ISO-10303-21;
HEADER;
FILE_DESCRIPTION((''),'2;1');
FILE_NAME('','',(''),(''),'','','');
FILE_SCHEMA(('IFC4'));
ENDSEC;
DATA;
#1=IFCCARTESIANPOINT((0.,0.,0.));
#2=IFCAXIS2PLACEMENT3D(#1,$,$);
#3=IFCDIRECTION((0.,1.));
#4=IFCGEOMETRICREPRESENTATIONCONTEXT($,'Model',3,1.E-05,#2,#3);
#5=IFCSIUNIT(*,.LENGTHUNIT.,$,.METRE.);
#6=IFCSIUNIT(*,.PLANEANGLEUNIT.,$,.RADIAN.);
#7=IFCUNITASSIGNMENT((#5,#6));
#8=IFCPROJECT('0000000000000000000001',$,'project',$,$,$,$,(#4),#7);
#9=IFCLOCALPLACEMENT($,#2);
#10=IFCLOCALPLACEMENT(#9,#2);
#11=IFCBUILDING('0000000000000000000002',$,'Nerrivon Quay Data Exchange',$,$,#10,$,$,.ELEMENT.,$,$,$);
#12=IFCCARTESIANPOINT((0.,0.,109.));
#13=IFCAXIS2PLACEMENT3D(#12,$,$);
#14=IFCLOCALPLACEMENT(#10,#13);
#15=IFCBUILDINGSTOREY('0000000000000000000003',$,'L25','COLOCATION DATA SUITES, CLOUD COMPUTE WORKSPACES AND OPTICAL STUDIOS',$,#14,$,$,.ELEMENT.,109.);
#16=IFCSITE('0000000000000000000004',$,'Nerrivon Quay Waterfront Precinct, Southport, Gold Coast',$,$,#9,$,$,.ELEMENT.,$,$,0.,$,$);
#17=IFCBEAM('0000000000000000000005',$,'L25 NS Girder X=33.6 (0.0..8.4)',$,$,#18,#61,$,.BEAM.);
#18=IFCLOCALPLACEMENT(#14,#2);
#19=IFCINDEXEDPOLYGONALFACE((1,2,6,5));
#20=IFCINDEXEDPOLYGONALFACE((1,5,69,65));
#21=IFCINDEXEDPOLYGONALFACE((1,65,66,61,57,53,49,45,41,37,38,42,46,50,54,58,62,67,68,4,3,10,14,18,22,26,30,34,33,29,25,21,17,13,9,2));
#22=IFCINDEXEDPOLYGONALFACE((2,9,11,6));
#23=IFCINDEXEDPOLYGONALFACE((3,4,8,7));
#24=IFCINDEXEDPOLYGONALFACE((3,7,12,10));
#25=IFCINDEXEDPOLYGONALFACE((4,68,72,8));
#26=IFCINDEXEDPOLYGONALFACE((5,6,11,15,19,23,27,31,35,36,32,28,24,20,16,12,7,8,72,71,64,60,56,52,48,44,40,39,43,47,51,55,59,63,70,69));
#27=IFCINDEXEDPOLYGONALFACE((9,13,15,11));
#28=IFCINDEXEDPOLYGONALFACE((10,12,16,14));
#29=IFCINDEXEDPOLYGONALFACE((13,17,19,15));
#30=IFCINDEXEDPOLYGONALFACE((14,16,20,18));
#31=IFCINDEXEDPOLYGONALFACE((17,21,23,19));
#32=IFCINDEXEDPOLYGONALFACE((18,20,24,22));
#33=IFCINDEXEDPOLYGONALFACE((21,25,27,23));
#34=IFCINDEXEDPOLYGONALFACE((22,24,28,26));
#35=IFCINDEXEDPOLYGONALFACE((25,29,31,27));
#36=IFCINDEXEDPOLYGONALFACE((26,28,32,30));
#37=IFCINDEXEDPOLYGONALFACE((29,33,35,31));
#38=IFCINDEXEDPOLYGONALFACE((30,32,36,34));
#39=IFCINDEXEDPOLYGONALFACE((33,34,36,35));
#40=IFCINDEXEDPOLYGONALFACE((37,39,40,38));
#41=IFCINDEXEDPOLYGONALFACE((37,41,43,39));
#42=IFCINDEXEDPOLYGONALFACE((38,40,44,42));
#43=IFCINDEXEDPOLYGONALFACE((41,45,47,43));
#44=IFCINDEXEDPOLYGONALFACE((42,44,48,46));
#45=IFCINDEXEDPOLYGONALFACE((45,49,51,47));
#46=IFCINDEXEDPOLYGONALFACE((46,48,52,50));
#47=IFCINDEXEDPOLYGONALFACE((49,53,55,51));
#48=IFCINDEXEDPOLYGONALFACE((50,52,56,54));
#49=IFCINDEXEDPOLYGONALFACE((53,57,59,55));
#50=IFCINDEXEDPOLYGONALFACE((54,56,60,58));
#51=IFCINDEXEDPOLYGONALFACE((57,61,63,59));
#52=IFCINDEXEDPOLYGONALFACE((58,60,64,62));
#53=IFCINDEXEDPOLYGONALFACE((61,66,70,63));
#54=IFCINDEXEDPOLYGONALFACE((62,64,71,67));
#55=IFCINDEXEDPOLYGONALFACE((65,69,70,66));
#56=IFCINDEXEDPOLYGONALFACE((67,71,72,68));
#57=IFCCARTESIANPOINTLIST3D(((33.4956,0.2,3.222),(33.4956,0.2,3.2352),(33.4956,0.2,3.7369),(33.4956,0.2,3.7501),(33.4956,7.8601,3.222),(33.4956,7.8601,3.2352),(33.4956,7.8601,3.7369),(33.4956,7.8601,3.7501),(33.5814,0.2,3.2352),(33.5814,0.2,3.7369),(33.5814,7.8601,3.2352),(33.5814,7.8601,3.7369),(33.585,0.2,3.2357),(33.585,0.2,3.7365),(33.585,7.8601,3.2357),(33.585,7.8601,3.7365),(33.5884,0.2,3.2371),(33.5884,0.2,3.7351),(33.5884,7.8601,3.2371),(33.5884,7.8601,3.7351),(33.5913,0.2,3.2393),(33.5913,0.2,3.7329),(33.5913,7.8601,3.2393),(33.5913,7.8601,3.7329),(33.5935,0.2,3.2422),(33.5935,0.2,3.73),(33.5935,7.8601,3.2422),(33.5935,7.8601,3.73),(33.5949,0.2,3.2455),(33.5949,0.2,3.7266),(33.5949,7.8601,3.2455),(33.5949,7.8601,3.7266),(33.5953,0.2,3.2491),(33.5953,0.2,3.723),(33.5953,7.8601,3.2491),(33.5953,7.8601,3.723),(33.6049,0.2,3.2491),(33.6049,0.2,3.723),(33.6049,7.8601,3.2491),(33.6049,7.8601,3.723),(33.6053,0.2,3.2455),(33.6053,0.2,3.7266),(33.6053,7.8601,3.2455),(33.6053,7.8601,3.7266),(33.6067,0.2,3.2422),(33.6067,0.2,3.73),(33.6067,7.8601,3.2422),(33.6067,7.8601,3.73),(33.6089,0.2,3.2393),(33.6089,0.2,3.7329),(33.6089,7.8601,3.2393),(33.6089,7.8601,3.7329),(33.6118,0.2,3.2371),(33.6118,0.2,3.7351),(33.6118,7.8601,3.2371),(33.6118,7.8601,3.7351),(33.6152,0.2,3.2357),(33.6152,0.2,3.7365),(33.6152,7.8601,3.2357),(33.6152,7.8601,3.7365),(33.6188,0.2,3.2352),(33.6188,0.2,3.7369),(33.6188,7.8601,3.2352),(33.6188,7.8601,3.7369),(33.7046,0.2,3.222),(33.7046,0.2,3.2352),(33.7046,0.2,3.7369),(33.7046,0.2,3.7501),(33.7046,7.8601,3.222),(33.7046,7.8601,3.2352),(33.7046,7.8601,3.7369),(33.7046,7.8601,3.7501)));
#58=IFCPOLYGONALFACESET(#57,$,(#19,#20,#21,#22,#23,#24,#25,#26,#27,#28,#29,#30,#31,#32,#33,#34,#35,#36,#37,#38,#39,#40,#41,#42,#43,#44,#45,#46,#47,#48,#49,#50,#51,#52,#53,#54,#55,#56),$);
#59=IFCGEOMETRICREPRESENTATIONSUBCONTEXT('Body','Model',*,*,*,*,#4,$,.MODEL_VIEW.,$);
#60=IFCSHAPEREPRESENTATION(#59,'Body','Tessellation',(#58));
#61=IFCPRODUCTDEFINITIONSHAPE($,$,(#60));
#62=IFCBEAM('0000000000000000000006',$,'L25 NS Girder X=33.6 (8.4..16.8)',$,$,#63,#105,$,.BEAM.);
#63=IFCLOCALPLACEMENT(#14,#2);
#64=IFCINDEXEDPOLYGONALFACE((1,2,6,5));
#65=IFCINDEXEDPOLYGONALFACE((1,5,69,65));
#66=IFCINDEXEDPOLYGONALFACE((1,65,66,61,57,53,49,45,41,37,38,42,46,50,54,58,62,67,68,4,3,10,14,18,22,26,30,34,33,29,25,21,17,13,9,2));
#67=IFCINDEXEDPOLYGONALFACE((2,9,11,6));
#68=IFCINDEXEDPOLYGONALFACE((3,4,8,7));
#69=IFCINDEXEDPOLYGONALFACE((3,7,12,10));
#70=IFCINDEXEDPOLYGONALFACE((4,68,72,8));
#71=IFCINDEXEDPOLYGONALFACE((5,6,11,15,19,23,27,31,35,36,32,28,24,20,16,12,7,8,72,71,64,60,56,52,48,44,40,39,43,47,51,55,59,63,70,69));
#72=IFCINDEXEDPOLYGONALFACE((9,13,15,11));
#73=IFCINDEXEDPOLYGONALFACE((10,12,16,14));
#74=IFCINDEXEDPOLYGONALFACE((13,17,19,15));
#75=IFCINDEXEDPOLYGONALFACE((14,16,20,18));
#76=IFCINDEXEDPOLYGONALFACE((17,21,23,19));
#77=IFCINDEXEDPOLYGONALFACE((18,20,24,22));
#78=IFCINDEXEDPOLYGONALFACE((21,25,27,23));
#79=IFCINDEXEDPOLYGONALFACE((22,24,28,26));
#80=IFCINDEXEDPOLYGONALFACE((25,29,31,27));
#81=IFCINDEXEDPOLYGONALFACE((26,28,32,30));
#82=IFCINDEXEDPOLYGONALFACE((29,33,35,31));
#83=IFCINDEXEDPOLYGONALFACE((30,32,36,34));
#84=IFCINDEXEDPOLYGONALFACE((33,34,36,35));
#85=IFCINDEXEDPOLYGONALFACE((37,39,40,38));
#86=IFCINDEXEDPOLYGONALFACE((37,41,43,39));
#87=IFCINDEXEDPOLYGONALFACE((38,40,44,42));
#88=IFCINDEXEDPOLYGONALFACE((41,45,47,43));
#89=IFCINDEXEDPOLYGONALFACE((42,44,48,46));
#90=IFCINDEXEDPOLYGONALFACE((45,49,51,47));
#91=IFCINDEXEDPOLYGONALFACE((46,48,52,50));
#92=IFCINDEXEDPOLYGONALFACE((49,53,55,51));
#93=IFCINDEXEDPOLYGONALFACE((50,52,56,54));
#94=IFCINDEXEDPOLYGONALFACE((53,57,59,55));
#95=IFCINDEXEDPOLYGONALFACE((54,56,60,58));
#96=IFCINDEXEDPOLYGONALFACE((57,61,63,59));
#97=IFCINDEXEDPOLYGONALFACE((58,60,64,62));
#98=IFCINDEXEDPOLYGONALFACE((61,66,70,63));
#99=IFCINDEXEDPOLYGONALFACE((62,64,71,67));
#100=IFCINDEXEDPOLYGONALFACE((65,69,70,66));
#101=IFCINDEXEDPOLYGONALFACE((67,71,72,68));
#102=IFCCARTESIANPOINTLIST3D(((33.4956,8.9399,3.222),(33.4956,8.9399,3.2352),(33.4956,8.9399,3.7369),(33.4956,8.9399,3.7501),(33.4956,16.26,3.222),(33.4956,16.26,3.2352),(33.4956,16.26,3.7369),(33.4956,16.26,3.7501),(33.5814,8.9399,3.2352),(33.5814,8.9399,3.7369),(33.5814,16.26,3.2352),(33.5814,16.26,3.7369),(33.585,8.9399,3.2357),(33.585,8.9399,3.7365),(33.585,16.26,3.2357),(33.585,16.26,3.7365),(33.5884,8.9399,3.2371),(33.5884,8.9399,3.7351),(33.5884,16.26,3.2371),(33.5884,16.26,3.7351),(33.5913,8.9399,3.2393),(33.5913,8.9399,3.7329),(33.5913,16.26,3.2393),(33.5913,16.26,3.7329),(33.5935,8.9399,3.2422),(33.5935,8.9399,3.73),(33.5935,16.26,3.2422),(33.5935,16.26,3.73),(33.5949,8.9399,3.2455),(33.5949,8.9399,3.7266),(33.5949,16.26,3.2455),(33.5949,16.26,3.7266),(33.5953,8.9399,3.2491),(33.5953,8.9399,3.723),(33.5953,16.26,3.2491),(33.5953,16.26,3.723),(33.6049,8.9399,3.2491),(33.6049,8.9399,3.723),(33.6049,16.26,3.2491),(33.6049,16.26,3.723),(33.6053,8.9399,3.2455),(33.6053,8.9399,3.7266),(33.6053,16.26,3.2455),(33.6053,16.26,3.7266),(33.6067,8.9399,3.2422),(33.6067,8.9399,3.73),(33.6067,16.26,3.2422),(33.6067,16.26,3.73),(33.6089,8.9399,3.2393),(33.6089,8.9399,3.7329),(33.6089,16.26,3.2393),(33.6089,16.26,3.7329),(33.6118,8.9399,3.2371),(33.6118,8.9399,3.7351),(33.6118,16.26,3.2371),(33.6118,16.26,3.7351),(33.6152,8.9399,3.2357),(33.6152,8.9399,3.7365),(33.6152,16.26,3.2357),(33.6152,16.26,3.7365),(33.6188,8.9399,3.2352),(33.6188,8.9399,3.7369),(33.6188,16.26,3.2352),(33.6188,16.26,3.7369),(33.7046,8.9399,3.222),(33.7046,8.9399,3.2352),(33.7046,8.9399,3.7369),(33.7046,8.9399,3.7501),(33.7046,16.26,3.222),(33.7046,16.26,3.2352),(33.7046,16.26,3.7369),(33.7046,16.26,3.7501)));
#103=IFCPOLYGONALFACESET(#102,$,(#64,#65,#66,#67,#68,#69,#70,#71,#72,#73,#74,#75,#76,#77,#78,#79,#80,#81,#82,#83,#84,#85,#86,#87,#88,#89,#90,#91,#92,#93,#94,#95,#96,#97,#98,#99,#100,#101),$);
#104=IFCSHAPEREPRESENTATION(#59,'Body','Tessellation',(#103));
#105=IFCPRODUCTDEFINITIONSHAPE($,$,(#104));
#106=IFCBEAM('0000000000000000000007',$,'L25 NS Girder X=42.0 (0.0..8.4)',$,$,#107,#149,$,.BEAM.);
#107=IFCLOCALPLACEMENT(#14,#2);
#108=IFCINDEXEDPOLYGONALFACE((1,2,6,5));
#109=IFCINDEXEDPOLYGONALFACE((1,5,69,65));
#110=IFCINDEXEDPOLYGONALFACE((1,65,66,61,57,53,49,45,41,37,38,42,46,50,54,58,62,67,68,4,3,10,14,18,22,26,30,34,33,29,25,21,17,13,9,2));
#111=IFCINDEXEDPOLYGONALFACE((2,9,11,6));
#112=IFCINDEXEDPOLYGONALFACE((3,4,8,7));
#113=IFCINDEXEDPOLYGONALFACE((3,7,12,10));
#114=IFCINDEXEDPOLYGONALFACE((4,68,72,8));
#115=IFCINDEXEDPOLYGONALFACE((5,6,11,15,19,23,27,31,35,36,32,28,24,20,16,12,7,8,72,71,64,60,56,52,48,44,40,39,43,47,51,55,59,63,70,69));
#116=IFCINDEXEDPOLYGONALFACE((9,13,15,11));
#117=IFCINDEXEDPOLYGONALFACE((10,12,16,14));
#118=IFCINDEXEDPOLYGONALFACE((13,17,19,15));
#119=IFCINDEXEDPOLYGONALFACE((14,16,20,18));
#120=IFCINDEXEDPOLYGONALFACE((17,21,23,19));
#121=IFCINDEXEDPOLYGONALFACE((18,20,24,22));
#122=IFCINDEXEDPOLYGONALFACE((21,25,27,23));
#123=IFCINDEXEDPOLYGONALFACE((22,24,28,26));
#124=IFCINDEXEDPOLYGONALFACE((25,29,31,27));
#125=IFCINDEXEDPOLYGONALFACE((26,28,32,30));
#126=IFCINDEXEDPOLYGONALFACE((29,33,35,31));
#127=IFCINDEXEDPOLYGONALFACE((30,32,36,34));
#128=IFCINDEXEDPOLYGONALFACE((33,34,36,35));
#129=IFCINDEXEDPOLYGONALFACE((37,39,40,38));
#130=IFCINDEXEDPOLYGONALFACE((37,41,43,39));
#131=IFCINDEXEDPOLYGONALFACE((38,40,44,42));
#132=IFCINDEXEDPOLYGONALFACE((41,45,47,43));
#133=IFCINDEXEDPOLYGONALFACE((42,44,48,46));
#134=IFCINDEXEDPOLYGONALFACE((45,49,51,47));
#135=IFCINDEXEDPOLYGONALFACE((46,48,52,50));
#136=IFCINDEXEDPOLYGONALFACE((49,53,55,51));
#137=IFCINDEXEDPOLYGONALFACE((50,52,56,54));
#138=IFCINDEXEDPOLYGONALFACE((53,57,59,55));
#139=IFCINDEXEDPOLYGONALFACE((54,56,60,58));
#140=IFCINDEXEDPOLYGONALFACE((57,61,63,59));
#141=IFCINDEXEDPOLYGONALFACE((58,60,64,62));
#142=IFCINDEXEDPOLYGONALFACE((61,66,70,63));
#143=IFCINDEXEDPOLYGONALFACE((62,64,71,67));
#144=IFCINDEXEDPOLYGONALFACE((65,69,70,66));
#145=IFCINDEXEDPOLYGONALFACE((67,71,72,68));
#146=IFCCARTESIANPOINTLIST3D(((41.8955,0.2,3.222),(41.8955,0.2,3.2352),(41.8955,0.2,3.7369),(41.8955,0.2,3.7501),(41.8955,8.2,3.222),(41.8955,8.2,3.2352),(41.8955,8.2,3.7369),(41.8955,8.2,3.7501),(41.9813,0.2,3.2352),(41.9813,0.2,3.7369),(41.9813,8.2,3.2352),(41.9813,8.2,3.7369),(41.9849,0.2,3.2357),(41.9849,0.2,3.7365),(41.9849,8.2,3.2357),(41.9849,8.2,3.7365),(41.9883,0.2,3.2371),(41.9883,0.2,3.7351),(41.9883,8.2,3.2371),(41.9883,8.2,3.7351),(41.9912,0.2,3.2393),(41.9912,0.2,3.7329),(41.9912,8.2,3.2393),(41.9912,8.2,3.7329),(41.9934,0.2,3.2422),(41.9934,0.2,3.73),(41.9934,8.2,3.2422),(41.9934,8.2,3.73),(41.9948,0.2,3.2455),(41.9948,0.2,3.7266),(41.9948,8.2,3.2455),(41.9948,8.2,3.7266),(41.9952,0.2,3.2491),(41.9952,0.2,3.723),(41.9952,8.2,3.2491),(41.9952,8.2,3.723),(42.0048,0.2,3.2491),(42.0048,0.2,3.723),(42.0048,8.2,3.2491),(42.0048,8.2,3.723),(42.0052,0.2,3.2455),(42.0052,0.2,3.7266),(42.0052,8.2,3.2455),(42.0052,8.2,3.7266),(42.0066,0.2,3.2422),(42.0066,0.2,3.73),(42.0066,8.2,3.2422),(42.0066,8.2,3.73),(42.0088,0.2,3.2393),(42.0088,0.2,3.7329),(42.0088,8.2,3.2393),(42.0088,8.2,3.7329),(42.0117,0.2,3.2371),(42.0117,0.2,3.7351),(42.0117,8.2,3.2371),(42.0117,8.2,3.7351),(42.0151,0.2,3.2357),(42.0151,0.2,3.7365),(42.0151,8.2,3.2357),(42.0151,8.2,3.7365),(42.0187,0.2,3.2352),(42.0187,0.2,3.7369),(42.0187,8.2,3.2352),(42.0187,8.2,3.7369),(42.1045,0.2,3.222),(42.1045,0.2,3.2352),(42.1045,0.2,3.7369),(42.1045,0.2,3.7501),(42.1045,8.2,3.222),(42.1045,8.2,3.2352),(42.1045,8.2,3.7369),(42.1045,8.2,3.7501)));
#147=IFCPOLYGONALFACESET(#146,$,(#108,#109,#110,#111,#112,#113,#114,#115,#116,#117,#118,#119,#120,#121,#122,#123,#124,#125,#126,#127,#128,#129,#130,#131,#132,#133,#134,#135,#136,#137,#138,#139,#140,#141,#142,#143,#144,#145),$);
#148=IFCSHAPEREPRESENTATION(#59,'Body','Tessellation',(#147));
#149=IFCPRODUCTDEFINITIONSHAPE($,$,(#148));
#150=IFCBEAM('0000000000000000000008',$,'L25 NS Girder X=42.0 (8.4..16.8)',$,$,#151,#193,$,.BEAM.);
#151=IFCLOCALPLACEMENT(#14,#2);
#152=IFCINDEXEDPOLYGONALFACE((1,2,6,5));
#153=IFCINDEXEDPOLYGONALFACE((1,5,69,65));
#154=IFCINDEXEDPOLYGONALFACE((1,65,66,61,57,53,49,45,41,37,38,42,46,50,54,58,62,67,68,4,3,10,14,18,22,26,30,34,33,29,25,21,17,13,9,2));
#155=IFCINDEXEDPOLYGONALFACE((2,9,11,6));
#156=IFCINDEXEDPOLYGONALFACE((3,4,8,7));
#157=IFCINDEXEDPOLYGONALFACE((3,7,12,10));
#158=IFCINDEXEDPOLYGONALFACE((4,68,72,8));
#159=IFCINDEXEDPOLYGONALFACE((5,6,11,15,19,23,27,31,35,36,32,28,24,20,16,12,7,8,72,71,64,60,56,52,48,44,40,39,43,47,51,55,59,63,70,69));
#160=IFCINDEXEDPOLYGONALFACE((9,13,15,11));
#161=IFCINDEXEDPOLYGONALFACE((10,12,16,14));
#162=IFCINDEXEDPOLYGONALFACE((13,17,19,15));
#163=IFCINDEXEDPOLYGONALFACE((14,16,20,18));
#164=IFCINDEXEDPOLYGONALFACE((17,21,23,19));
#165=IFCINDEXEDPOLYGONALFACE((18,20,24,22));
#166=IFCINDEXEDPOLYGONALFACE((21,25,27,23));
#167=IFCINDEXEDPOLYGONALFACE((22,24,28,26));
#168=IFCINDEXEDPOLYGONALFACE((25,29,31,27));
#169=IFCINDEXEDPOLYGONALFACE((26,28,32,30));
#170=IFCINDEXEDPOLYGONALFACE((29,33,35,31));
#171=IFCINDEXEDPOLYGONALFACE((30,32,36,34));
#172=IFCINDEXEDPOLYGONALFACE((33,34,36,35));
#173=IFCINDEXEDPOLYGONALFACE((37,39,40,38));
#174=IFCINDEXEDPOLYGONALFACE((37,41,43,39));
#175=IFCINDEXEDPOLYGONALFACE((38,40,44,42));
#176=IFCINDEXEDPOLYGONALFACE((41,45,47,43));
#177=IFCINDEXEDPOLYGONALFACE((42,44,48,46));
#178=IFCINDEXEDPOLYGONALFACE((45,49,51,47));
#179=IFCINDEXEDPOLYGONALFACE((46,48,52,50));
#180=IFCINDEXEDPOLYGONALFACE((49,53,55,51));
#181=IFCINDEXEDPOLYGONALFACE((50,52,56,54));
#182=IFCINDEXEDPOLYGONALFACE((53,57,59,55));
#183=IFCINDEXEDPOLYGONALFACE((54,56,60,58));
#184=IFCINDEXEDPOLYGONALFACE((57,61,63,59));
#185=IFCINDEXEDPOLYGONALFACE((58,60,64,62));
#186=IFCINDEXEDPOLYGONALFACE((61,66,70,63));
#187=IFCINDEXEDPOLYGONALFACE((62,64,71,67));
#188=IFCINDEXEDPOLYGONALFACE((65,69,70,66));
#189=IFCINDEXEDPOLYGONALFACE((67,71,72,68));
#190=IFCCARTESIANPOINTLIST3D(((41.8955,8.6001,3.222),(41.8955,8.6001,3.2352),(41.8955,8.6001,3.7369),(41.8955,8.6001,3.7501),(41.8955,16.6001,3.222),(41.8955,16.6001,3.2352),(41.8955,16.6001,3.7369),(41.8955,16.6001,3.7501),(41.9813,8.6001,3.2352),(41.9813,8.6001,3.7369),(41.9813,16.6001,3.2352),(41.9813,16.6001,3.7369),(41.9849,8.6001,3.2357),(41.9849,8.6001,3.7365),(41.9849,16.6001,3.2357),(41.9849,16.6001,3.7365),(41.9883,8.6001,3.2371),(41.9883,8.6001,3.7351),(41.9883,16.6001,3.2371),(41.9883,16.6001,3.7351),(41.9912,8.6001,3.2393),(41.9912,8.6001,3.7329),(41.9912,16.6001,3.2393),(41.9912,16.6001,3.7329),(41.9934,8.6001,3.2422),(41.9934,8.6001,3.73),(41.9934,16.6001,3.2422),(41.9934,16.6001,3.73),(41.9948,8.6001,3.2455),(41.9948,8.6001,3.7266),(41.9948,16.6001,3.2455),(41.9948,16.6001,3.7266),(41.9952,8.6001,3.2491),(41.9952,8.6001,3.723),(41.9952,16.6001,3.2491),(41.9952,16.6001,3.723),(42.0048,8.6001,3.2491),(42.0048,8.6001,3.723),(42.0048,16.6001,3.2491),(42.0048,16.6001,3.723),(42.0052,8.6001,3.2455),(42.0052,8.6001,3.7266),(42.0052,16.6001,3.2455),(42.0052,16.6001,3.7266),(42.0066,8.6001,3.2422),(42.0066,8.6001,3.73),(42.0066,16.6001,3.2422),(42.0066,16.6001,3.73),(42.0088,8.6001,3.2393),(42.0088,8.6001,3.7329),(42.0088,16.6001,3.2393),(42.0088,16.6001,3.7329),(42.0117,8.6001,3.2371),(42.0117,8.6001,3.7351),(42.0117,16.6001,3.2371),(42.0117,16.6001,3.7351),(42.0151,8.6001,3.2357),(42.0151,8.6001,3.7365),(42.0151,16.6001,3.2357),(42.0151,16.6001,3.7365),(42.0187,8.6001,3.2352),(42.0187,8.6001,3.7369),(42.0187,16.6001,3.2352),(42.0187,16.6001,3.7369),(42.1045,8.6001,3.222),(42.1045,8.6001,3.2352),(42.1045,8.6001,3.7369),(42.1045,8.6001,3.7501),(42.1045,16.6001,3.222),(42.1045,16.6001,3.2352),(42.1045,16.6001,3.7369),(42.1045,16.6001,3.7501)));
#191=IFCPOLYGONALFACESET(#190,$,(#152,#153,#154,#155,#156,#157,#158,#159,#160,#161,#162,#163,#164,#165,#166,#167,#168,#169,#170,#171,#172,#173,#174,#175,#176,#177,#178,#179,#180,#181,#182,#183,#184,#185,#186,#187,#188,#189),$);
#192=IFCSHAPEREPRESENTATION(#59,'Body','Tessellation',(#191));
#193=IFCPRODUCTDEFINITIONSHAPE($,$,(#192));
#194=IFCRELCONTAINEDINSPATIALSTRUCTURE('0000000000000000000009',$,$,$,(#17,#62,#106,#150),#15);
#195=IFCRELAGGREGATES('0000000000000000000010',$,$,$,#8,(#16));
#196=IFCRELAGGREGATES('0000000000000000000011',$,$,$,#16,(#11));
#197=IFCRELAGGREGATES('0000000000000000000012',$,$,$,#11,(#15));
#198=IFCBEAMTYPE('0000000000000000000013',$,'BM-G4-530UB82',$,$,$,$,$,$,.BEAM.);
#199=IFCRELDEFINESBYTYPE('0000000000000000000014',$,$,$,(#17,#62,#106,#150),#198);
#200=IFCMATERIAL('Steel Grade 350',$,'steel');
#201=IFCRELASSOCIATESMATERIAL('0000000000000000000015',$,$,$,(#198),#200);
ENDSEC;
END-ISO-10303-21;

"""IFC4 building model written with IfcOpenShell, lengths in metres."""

from ifc_helpers import new_model, si_unit, direction, frame, origin, origin_2d, place, context, subcontext, project, spatial, i_section, extrude, material, material_profile, profile_set, type_object, element, save


model = new_model("IFC4")

# Units and contexts
model_context = context("Model", 3, precision=1e-05, world=origin(), true_north=direction((0.0, 1.0)))
body_context = subcontext(model_context, "Body", "Model", "MODEL_VIEW")
ifc_project = project(units=[si_unit("LENGTHUNIT", "METRE"), si_unit("PLANEANGLEUNIT", "RADIAN")], contexts=[model_context])

# Site, building, storey
site_placement = place(None, origin())
site = spatial("IfcSite", under=ifc_project, at=site_placement, Name="Nerrivon Quay Waterfront Precinct, Southport, Gold Coast", CompositionType="ELEMENT", RefElevation=0.0)
building_placement = place(site_placement, origin())
building = spatial("IfcBuilding", under=site, at=building_placement, Name="Nerrivon Quay Data Exchange", CompositionType="ELEMENT")
storey_placement = place(building_placement, frame((0.0, 0.0, 109.0)))
storey = spatial("IfcBuildingStorey", under=building, at=storey_placement, Name="L25", Description="COLOCATION DATA SUITES, CLOUD COMPUTE WORKSPACES AND OPTICAL STUDIOS", CompositionType="ELEMENT", Elevation=109.0)

# Shared definitions
ifc_material_1 = material(Name="Steel Grade 350", Category="steel")

# Beams
ifc_material_profile_1 = material_profile(ifc_material_1, i_section(OverallWidth=0.209, OverallDepth=0.5281, WebThickness=0.0095, FlangeThickness=0.0132, FilletRadius=0.0139, at=origin_2d()), Name="530UB82.0")
ifc_profile_set_1 = profile_set([ifc_material_profile_1], Name="Steel Grade 350")
beam_type_1 = type_object("IfcBeamType", Name="BM-G4-530UB82", PredefinedType="BEAM", material=ifc_profile_set_1)
beam_1_placement = place(storey_placement, frame((33.6001, 0.2, 3.4861), z_axis=(0.0, 1.0, 0.0), x_axis=(-1.0, 0.0, 0.0)))
element("IfcBeam", 1, at=beam_1_placement, inside=storey, type_object=beam_type_1, Name="L25 NS Girder X=33.6 (0.0..8.4)", PredefinedType="BEAM", context=body_context, shape_type="SweptSolid", body=[
    extrude(i_section(OverallWidth=0.209, OverallDepth=0.5281, WebThickness=0.0095, FlangeThickness=0.0132, FilletRadius=0.0139, at=origin_2d()), origin(), (0.0, 0.0, 1.0), 7.6602),
])
beam_2_placement = place(storey_placement, frame((33.6001, 8.9399, 3.4861), z_axis=(0.0, 1.0, 0.0), x_axis=(-1.0, 0.0, 0.0)))
element("IfcBeam", 2, at=beam_2_placement, inside=storey, type_object=beam_type_1, Name="L25 NS Girder X=33.6 (8.4..16.8)", PredefinedType="BEAM", context=body_context, shape_type="SweptSolid", body=[
    extrude(i_section(OverallWidth=0.209, OverallDepth=0.5281, WebThickness=0.0095, FlangeThickness=0.0132, FilletRadius=0.0139, at=origin_2d()), origin(), (0.0, 0.0, 1.0), 7.3201),
])
for number, where, z_axis, x_axis, name in (
    (3, (42.0, 0.2, 3.4861), (0.0, 1.0, 0.0), (-1.0, 0.0, 0.0), "L25 NS Girder X=42.0 (0.0..8.4)"),
    (4, (42.0, 8.6001, 3.4861), (0.0, 1.0, 0.0), (-1.0, 0.0, 0.0), "L25 NS Girder X=42.0 (8.4..16.8)"),
):
    element("IfcBeam", number, at=place(storey_placement, frame(where, z_axis=z_axis, x_axis=x_axis)), inside=storey, type_object=beam_type_1, Name=name, PredefinedType="BEAM", context=body_context, shape_type="SweptSolid", body=[
        extrude(i_section(OverallWidth=0.209, OverallDepth=0.5281, WebThickness=0.0095, FlangeThickness=0.0132, FilletRadius=0.0139, at=origin_2d()), origin(), (0.0, 0.0, 1.0), 8.0),
    ])

save(model, "model.ifc")
